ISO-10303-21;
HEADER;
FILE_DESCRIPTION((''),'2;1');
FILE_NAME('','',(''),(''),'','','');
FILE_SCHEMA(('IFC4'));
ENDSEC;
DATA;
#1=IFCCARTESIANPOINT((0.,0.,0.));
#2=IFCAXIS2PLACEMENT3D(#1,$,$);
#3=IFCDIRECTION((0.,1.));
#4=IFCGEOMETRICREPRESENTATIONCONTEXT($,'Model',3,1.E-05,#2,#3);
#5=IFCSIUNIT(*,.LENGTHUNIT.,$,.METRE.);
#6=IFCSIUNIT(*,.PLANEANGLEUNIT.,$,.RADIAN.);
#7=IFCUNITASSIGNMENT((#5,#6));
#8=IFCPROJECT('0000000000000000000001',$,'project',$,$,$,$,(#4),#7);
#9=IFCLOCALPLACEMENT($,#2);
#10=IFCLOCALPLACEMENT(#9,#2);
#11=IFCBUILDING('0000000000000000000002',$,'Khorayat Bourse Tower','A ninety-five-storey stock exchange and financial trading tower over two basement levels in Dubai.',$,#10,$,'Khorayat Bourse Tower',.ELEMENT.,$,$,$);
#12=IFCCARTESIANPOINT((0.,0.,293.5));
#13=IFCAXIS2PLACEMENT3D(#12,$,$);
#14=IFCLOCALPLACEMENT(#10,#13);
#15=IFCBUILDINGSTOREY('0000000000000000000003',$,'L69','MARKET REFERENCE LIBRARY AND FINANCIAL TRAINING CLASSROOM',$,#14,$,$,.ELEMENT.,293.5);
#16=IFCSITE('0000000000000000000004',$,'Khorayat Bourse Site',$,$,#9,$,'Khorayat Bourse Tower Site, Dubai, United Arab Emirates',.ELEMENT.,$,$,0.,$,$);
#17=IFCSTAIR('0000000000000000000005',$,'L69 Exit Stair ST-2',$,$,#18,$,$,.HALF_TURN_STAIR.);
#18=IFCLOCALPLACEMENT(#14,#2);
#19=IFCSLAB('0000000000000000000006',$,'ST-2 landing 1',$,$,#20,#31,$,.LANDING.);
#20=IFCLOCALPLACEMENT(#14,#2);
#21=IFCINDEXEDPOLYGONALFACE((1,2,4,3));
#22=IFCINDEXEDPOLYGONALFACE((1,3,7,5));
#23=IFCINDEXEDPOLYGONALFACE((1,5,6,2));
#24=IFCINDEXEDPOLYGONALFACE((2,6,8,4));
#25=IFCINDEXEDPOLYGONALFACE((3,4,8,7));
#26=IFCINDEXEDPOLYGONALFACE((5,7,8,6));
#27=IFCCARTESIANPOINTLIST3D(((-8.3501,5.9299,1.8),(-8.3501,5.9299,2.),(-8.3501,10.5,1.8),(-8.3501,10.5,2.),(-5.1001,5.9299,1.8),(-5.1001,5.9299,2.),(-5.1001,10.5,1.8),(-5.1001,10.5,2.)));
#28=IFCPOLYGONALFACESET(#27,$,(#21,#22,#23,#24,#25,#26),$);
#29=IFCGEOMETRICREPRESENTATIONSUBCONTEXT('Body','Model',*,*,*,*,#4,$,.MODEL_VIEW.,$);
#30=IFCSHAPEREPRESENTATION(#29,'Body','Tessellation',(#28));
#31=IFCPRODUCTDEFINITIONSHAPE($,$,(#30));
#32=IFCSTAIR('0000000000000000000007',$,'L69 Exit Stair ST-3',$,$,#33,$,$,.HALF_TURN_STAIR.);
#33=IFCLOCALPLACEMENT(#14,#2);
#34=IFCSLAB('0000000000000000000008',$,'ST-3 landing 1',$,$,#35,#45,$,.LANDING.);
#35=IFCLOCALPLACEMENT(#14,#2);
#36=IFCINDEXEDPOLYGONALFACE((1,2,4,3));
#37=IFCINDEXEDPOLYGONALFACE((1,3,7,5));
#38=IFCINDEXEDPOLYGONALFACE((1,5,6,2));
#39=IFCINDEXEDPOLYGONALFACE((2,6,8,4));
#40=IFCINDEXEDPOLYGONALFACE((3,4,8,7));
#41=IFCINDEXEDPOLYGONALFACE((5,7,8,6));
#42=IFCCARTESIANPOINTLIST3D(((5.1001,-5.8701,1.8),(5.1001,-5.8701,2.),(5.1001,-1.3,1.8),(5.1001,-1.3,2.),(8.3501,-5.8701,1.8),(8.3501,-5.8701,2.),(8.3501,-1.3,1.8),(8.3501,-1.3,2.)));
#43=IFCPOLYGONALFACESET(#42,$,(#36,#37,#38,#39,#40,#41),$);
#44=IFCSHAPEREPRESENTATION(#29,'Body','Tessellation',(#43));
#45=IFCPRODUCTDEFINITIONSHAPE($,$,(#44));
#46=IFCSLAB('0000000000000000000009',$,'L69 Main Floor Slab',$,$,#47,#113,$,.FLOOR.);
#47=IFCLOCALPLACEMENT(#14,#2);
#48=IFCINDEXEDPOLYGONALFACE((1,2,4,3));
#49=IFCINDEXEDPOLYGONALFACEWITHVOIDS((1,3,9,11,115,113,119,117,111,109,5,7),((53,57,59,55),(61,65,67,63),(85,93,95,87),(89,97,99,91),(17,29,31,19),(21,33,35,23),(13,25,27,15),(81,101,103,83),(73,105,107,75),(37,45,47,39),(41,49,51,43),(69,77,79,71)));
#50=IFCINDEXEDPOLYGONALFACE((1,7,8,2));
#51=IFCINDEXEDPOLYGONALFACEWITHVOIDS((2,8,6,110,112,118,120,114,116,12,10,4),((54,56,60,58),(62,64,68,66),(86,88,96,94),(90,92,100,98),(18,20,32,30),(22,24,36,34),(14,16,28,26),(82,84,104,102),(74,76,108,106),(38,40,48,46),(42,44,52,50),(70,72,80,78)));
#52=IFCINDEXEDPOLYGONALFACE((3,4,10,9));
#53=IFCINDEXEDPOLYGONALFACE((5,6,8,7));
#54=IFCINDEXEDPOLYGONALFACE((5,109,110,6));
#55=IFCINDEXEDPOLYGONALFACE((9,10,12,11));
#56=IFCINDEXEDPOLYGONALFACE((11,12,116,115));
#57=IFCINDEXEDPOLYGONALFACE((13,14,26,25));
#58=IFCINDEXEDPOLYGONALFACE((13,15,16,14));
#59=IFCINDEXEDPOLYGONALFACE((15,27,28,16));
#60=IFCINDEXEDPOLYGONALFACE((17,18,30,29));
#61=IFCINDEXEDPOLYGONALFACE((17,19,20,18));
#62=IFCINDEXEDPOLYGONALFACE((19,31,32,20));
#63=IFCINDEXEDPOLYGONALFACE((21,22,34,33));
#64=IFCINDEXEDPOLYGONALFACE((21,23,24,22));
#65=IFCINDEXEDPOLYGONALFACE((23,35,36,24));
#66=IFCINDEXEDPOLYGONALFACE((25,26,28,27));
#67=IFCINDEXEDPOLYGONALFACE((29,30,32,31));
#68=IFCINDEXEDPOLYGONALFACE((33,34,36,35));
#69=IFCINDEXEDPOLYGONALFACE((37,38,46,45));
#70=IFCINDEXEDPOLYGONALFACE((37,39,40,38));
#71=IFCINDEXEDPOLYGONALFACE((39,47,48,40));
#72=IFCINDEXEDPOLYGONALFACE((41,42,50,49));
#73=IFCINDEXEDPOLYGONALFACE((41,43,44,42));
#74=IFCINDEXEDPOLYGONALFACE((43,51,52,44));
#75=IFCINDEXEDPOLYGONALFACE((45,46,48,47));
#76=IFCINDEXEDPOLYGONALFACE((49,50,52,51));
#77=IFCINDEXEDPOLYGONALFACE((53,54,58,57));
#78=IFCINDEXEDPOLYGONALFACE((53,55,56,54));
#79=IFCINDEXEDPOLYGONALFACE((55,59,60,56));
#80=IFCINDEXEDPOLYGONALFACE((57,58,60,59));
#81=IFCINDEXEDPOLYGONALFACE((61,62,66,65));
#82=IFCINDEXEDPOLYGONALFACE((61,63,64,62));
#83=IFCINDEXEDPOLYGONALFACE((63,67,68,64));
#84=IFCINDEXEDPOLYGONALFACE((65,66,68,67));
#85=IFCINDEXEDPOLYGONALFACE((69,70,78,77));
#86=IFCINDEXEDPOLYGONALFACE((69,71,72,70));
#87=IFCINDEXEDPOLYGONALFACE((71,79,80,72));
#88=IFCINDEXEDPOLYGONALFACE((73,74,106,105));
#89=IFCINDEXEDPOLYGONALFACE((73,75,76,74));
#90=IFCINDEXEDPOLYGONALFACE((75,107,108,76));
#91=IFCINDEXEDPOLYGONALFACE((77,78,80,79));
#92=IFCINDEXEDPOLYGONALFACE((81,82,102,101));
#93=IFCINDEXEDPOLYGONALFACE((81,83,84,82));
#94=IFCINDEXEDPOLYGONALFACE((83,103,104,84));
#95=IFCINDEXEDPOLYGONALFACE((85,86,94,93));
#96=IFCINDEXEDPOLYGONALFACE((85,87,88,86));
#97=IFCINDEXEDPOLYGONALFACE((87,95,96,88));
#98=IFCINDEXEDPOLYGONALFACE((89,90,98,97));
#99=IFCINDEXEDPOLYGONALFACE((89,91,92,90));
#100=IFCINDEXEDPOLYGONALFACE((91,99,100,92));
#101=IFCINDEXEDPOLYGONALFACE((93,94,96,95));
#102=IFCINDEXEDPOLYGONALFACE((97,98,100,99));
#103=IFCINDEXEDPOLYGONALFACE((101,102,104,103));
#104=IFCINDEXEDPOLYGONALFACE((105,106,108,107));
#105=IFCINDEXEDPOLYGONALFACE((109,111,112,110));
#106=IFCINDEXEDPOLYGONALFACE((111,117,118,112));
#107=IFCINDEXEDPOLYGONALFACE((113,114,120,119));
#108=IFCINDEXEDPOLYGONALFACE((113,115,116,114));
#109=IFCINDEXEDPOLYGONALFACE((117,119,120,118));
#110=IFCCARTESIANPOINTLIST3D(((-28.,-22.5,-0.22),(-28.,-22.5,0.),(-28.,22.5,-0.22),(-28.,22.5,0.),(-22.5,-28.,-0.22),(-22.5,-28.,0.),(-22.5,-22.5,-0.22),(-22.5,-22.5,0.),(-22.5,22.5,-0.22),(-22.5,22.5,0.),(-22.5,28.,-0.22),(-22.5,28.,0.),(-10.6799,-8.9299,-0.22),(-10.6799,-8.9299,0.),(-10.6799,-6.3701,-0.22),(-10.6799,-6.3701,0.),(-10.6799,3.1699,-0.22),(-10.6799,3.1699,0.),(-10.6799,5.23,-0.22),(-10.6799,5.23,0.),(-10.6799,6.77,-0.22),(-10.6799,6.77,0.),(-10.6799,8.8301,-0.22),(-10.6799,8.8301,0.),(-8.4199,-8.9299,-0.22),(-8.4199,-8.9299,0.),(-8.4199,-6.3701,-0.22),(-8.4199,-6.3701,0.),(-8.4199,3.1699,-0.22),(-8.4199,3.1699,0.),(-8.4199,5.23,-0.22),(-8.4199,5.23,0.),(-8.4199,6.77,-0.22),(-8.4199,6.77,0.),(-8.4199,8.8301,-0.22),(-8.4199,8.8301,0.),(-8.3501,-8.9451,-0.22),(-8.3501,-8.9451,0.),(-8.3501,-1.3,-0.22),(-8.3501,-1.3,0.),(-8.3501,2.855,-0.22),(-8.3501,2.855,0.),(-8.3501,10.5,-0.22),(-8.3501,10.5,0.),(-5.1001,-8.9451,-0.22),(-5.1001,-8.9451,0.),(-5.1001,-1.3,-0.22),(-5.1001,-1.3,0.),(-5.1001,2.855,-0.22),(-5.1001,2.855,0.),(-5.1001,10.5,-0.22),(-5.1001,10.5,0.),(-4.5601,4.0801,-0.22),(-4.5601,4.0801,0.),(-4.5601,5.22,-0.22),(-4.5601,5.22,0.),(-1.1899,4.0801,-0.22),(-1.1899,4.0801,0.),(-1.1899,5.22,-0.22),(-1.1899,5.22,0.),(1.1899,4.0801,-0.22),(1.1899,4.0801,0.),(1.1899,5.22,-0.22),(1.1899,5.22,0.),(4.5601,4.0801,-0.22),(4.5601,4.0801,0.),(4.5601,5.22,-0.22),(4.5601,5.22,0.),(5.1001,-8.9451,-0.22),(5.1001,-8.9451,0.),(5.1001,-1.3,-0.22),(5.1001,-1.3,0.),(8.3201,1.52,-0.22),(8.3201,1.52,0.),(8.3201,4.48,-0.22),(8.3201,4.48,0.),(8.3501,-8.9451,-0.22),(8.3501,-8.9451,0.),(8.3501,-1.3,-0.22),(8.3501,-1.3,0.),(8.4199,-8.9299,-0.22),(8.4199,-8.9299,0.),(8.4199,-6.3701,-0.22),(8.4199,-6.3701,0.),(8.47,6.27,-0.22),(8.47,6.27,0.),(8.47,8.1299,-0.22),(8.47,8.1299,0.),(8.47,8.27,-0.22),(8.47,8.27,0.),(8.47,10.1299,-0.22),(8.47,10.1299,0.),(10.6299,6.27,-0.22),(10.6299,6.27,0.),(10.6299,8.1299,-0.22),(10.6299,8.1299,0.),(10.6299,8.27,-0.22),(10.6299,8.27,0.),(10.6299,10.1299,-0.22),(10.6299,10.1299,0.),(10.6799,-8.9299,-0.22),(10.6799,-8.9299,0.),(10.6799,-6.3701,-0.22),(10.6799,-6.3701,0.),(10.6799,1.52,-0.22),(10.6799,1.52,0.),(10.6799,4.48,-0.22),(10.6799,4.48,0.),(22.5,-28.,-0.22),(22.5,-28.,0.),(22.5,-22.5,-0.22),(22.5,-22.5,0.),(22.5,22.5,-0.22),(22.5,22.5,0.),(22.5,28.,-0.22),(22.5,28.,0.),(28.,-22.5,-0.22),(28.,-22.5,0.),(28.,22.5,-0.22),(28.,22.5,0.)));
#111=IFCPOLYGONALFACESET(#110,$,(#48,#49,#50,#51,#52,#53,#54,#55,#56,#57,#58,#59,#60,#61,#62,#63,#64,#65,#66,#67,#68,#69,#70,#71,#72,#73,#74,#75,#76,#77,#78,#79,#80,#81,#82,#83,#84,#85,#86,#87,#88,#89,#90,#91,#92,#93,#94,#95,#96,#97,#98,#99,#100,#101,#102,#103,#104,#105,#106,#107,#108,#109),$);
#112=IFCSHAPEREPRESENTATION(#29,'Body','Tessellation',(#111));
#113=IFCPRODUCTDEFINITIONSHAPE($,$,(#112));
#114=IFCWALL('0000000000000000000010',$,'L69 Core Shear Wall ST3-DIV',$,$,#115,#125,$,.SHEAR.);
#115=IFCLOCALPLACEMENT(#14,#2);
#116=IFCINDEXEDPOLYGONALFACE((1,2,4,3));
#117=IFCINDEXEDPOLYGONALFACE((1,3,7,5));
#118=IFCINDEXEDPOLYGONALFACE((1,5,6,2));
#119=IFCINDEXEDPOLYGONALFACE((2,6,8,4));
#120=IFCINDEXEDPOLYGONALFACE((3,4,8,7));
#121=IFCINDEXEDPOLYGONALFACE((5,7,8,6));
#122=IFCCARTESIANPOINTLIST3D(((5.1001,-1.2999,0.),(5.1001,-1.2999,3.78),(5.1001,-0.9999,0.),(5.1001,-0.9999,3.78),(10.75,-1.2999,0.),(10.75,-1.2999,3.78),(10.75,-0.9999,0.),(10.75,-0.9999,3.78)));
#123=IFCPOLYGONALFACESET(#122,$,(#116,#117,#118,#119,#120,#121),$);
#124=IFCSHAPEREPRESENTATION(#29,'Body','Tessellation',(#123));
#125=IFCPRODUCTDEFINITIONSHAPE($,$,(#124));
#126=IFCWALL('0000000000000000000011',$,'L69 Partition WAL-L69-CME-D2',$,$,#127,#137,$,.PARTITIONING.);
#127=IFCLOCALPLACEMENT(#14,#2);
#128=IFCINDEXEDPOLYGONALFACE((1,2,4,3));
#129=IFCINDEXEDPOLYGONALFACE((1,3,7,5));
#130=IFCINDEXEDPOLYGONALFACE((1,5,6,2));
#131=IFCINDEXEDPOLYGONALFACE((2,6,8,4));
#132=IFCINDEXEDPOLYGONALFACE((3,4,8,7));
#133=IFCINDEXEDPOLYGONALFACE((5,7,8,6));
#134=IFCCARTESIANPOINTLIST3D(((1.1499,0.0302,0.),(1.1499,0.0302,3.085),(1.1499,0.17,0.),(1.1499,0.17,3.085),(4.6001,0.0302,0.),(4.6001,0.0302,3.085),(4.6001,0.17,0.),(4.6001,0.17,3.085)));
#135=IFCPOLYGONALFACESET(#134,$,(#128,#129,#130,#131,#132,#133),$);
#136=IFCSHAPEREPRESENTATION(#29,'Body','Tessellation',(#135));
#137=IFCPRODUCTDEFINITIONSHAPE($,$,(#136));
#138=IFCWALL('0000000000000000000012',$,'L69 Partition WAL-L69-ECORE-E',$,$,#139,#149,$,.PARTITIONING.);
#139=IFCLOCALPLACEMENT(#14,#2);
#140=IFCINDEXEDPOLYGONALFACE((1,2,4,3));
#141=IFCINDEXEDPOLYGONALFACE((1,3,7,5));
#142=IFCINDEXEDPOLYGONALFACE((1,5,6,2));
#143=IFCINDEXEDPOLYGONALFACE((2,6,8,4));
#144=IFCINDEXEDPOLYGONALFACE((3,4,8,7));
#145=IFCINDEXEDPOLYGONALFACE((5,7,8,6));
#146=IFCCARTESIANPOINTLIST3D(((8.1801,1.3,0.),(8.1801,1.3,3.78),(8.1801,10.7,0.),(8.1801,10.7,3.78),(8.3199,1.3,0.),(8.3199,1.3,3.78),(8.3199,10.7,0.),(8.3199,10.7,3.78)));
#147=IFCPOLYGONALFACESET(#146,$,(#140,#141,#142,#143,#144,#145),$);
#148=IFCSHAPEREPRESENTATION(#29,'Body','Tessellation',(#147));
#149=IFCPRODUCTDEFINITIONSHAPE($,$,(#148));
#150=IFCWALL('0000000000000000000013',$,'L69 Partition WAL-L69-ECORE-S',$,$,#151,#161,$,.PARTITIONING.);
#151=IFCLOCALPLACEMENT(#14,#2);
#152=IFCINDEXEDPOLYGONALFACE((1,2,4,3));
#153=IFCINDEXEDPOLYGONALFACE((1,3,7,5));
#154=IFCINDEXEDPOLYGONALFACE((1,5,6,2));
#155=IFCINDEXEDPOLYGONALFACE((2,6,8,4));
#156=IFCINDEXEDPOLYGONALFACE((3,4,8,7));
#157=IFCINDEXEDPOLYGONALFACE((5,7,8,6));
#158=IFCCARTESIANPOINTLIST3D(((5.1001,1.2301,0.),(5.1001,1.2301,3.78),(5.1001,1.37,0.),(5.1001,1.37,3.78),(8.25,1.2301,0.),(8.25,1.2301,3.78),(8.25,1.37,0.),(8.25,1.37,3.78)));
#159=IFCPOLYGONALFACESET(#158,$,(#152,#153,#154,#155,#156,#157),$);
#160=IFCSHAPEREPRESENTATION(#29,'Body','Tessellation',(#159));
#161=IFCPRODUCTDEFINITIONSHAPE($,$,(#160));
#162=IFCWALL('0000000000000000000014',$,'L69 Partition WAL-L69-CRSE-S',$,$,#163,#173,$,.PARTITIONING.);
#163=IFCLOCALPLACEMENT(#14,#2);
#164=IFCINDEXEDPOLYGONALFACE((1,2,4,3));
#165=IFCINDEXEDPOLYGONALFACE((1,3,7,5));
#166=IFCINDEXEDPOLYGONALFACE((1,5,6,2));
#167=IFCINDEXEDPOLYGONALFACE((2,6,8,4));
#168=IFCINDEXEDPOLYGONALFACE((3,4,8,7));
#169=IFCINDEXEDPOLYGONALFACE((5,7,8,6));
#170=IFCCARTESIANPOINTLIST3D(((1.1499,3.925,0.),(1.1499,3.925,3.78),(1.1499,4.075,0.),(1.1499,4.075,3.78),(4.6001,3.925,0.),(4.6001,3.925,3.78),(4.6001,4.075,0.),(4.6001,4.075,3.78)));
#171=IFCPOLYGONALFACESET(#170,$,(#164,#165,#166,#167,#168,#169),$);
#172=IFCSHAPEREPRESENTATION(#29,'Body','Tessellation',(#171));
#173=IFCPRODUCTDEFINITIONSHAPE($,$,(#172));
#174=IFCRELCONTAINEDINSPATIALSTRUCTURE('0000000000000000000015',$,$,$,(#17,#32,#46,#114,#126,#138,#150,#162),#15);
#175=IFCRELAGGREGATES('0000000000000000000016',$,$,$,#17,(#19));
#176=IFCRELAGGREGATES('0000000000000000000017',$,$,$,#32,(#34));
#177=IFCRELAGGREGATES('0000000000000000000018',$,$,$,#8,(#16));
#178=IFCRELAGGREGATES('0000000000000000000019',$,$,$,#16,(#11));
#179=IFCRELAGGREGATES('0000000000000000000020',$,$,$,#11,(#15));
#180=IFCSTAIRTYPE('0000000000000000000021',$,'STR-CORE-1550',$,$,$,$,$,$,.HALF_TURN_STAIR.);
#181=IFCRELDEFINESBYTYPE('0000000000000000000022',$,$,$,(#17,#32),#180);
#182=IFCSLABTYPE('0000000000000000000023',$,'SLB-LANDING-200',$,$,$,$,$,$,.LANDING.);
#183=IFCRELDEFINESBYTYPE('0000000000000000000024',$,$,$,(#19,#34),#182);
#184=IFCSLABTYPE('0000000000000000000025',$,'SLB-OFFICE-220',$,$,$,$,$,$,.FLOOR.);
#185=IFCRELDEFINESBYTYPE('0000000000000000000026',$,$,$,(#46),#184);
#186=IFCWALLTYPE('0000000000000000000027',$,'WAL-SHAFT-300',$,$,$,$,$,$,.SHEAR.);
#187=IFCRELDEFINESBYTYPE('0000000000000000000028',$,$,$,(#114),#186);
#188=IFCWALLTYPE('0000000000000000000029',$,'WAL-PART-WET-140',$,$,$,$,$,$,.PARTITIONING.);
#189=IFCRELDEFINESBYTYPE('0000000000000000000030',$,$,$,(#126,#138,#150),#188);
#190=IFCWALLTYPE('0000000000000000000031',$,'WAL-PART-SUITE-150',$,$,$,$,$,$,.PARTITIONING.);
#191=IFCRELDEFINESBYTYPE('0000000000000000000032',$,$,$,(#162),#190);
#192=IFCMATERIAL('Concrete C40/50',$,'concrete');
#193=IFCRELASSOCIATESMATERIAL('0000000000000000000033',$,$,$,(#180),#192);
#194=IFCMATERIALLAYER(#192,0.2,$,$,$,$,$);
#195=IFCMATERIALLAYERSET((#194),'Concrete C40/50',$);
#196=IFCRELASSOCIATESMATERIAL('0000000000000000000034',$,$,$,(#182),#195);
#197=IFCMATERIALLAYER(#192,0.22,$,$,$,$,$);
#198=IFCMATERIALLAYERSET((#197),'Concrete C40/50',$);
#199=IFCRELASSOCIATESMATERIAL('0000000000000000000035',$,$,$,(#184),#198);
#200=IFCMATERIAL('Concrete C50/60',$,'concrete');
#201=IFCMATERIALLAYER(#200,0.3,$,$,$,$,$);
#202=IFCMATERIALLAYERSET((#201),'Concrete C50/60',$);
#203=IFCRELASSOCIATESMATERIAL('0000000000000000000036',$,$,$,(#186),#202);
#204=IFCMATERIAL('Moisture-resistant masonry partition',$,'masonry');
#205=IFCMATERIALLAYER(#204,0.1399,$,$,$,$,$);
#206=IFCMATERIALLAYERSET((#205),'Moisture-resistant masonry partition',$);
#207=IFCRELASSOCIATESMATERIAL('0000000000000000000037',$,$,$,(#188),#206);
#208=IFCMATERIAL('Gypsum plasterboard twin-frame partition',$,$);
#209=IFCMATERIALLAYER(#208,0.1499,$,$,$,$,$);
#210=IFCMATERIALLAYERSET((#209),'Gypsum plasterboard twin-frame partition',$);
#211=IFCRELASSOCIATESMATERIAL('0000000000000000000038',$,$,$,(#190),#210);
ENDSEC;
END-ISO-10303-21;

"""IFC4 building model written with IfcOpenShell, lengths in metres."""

from ifc_helpers import new_model, si_unit, direction, frame, frame_2d, origin, place, context, subcontext, project, spatial, polyline, rectangle, outline, extrude, source, transform, mapped, material, layer, layer_set, type_object, element, aggregate, save


model = new_model("IFC4")

# Units and contexts
model_context = context("Model", 3, precision=1e-05, world=origin(), true_north=direction((0.0, 1.0)))
body_context = subcontext(model_context, "Body", "Model", "MODEL_VIEW")
ifc_project = project(units=[si_unit("LENGTHUNIT", "METRE"), si_unit("PLANEANGLEUNIT", "RADIAN")], contexts=[model_context])

# Site, building, storey
site_placement = place(None, origin())
site = spatial("IfcSite", under=ifc_project, at=site_placement, Name="Khorayat Bourse Site", LongName="Khorayat Bourse Tower Site, Dubai, United Arab Emirates", CompositionType="ELEMENT", RefElevation=0.0)
building_placement = place(site_placement, origin())
building = spatial("IfcBuilding", under=site, at=building_placement, Name="Khorayat Bourse Tower", Description="A ninety-five-storey stock exchange and financial trading tower over two basement levels in Dubai.", LongName="Khorayat Bourse Tower", CompositionType="ELEMENT")
storey_placement = place(building_placement, frame((0.0, 0.0, 293.5)))
storey = spatial("IfcBuildingStorey", under=building, at=storey_placement, Name="L69", Description="MARKET REFERENCE LIBRARY AND FINANCIAL TRAINING CLASSROOM", CompositionType="ELEMENT", Elevation=293.5)

# Stairs, slabs
ifc_material_1 = material(Name="Concrete C40/50", Category="concrete")
stair_type = type_object("IfcStairType", Name="STR-CORE-1550", PredefinedType="HALF_TURN_STAIR", material=ifc_material_1)
ifc_layer_1 = layer(ifc_material_1, 0.2)
ifc_layer_set_1 = layer_set([ifc_layer_1], Name="Concrete C40/50")
slab_type_1 = type_object("IfcSlabType", Name="SLB-LANDING-200", PredefinedType="LANDING", material=ifc_layer_set_1)
stair_1_placement = place(storey_placement, origin())
stair_1 = element("IfcStair", 1, at=stair_1_placement, inside=storey, type_object=stair_type, Name="L69 Exit Stair ST-2", PredefinedType="HALF_TURN_STAIR")
slab_1_placement = place(storey_placement, frame((0.0, 0.0, 1.8)))
slab_1 = element("IfcSlab", 2, at=slab_1_placement, type_object=slab_type_1, Name="ST-2 landing 1", PredefinedType="LANDING", context=body_context, shape_type="SweptSolid", body=[
    extrude(outline(polyline([(-5.1001, 5.9299), (-5.1001, 10.5), (-8.3501, 10.5), (-8.3501, 5.9299), (-5.1001, 5.9299)])), origin(), (0.0, 0.0, 1.0), 0.2),
])
aggregate(stair_1, [slab_1])
stair_2_placement = place(storey_placement, origin())
stair_2 = element("IfcStair", 3, at=stair_2_placement, inside=storey, type_object=stair_type, Name="L69 Exit Stair ST-3", PredefinedType="HALF_TURN_STAIR")
slab_2_placement = place(storey_placement, frame((0.0, 0.0, 1.8)))
slab_2 = element("IfcSlab", 4, at=slab_2_placement, type_object=slab_type_1, Name="ST-3 landing 1", PredefinedType="LANDING", context=body_context, shape_type="SweptSolid", body=[
    extrude(outline(polyline([(8.3501, -5.8701), (8.3501, -1.3), (5.1001, -1.3), (5.1001, -5.8701), (8.3501, -5.8701)])), origin(), (0.0, 0.0, 1.0), 0.2),
])
aggregate(stair_2, [slab_2])

# Slab
ifc_layer_2 = layer(ifc_material_1, 0.22)
ifc_layer_set_2 = layer_set([ifc_layer_2], Name="Concrete C40/50")
slab_type_2 = type_object("IfcSlabType", Name="SLB-OFFICE-220", PredefinedType="FLOOR", material=ifc_layer_set_2)
slab_3_placement = place(storey_placement, frame((0.0, 0.0, -0.22)))
element("IfcSlab", 5, at=slab_3_placement, inside=storey, type_object=slab_type_2, Name="L69 Main Floor Slab", PredefinedType="FLOOR", context=body_context, shape_type="SweptSolid", body=[
    extrude(outline(polyline([(-22.5, -28.0), (22.5, -28.0), (22.5, -22.5), (28.0, -22.5), (28.0, 22.5), (22.5, 22.5), (22.5, 28.0), (-22.5, 28.0), (-22.5, 22.5), (-28.0, 22.5), (-28.0, -22.5), (-22.5, -22.5), (-22.5, -28.0)]), holes=[polyline([(-8.3501, -8.9451), (-5.1001, -8.9451), (-5.1001, -1.3), (-8.3501, -1.3), (-8.3501, -8.9451)]), polyline([(-8.3501, 2.855), (-5.1001, 2.855), (-5.1001, 10.5), (-8.3501, 10.5), (-8.3501, 2.855)]), polyline([(5.1001, -8.9451), (8.3501, -8.9451), (8.3501, -1.3), (5.1001, -1.3), (5.1001, -8.9451)]), polyline([(-10.6799, 3.1699), (-8.4199, 3.1699), (-8.4199, 5.23), (-10.6799, 5.23), (-10.6799, 3.1699)]), polyline([(-10.6799, 6.77), (-8.4199, 6.77), (-8.4199, 8.8301), (-10.6799, 8.8301), (-10.6799, 6.77)]), polyline([(8.47, 6.27), (10.6299, 6.27), (10.6299, 8.1299), (8.47, 8.1299), (8.47, 6.27)]), polyline([(8.47, 8.27), (10.6299, 8.27), (10.6299, 10.1299), (8.47, 10.1299), (8.47, 8.27)]), polyline([(-10.6799, -8.9299), (-8.4199, -8.9299), (-8.4199, -6.3701), (-10.6799, -6.3701), (-10.6799, -8.9299)]), polyline([(8.4199, -8.9299), (10.6799, -8.9299), (10.6799, -6.3701), (8.4199, -6.3701), (8.4199, -8.9299)]), polyline([(8.3201, 1.52), (10.6799, 1.52), (10.6799, 4.48), (8.3201, 4.48), (8.3201, 1.52)]), polyline([(-4.5601, 4.0801), (-1.1899, 4.0801), (-1.1899, 5.22), (-4.5601, 5.22), (-4.5601, 4.0801)]), polyline([(1.1899, 4.0801), (4.5601, 4.0801), (4.5601, 5.22), (1.1899, 5.22), (1.1899, 4.0801)])]), origin(), (0.0, 0.0, 1.0), 0.22),
])

# Walls
ifc_material_2 = material(Name="Concrete C50/60", Category="concrete")
ifc_layer_3 = layer(ifc_material_2, 0.3)
ifc_layer_set_3 = layer_set([ifc_layer_3], Name="Concrete C50/60")
wall_type_1 = type_object("IfcWallType", Name="WAL-SHAFT-300", PredefinedType="SHEAR", material=ifc_layer_set_3)
shared_shape_1 = source(origin(), body_context, "Body", "SweptSolid", [
    extrude(rectangle(XDim=5.6499, YDim=0.3, at=frame_2d((2.825, 0.0))), origin(), (0.0, 0.0, 1.0), 3.78),
])
wall_1_placement = place(storey_placement, frame((5.1001, -1.1499, 0.0), z_axis=(0.0, 0.0, 1.0), x_axis=(1.0, 0.0, 0.0)))
element("IfcWall", 6, at=wall_1_placement, inside=storey, type_object=wall_type_1, Name="L69 Core Shear Wall ST3-DIV", PredefinedType="SHEAR", context=body_context, shape_type="MappedRepresentation", body=[
    mapped(shared_shape_1, transform((0.0, 0.0, 0.0), scale=1.0)),
])
ifc_material_3 = material(Name="Moisture-resistant masonry partition", Category="masonry")
ifc_layer_4 = layer(ifc_material_3, 0.1399)
ifc_layer_set_4 = layer_set([ifc_layer_4], Name="Moisture-resistant masonry partition")
wall_type_2 = type_object("IfcWallType", Name="WAL-PART-WET-140", PredefinedType="PARTITIONING", material=ifc_layer_set_4)
shared_shape_2 = source(origin(), body_context, "Body", "SweptSolid", [
    extrude(rectangle(XDim=3.4502, YDim=0.1399, at=frame_2d((1.7251, 0.0))), origin(), (0.0, 0.0, 1.0), 3.085),
])
wall_2_placement = place(storey_placement, frame((1.1499, 0.1001, 0.0), z_axis=(0.0, 0.0, 1.0), x_axis=(1.0, 0.0, 0.0)))
element("IfcWall", 7, at=wall_2_placement, inside=storey, type_object=wall_type_2, Name="L69 Partition WAL-L69-CME-D2", PredefinedType="PARTITIONING", context=body_context, shape_type="MappedRepresentation", body=[
    mapped(shared_shape_2, transform((0.0, 0.0, 0.0), scale=1.0)),
])
shared_shape_3 = source(origin(), body_context, "Body", "SweptSolid", [
    extrude(rectangle(XDim=9.3999, YDim=0.1399, at=frame_2d((4.7, 0.0))), origin(), (0.0, 0.0, 1.0), 3.78),
])
wall_3_placement = place(storey_placement, frame((8.25, 1.3, 0.0), z_axis=(0.0, 0.0, 1.0), x_axis=(0.0, 1.0, 0.0)))
element("IfcWall", 8, at=wall_3_placement, inside=storey, type_object=wall_type_2, Name="L69 Partition WAL-L69-ECORE-E", PredefinedType="PARTITIONING", context=body_context, shape_type="MappedRepresentation", body=[
    mapped(shared_shape_3, transform((0.0, 0.0, 0.0), scale=1.0)),
])
shared_shape_4 = source(origin(), body_context, "Body", "SweptSolid", [
    extrude(rectangle(XDim=3.1499, YDim=0.1399, at=frame_2d((1.575, 0.0))), origin(), (0.0, 0.0, 1.0), 3.78),
])
wall_4_placement = place(storey_placement, frame((5.1001, 1.3, 0.0), z_axis=(0.0, 0.0, 1.0), x_axis=(1.0, 0.0, 0.0)))
element("IfcWall", 9, at=wall_4_placement, inside=storey, type_object=wall_type_2, Name="L69 Partition WAL-L69-ECORE-S", PredefinedType="PARTITIONING", context=body_context, shape_type="MappedRepresentation", body=[
    mapped(shared_shape_4, transform((0.0, 0.0, 0.0), scale=1.0)),
])

# Wall
ifc_material_4 = material(Name="Gypsum plasterboard twin-frame partition")
ifc_layer_5 = layer(ifc_material_4, 0.1499)
ifc_layer_set_5 = layer_set([ifc_layer_5], Name="Gypsum plasterboard twin-frame partition")
wall_type_3 = type_object("IfcWallType", Name="WAL-PART-SUITE-150", PredefinedType="PARTITIONING", material=ifc_layer_set_5)
shared_shape_5 = source(origin(), body_context, "Body", "SweptSolid", [
    extrude(rectangle(XDim=3.4502, YDim=0.1499, at=frame_2d((1.7251, 0.0))), origin(), (0.0, 0.0, 1.0), 3.78),
])
for number, where, z_axis, x_axis, name in (
    (10, (1.1499, 4.0, 0.0), (0.0, 0.0, 1.0), (1.0, 0.0, 0.0), "L69 Partition WAL-L69-CRSE-S"),
):
    element("IfcWall", number, at=place(storey_placement, frame(where, z_axis=z_axis, x_axis=x_axis)), inside=storey, type_object=wall_type_3, Name=name, PredefinedType="PARTITIONING", context=body_context, shape_type="MappedRepresentation", body=[
        mapped(shared_shape_5, transform((0.0, 0.0, 0.0), scale=1.0)),
    ])

save(model, "model.ifc")
